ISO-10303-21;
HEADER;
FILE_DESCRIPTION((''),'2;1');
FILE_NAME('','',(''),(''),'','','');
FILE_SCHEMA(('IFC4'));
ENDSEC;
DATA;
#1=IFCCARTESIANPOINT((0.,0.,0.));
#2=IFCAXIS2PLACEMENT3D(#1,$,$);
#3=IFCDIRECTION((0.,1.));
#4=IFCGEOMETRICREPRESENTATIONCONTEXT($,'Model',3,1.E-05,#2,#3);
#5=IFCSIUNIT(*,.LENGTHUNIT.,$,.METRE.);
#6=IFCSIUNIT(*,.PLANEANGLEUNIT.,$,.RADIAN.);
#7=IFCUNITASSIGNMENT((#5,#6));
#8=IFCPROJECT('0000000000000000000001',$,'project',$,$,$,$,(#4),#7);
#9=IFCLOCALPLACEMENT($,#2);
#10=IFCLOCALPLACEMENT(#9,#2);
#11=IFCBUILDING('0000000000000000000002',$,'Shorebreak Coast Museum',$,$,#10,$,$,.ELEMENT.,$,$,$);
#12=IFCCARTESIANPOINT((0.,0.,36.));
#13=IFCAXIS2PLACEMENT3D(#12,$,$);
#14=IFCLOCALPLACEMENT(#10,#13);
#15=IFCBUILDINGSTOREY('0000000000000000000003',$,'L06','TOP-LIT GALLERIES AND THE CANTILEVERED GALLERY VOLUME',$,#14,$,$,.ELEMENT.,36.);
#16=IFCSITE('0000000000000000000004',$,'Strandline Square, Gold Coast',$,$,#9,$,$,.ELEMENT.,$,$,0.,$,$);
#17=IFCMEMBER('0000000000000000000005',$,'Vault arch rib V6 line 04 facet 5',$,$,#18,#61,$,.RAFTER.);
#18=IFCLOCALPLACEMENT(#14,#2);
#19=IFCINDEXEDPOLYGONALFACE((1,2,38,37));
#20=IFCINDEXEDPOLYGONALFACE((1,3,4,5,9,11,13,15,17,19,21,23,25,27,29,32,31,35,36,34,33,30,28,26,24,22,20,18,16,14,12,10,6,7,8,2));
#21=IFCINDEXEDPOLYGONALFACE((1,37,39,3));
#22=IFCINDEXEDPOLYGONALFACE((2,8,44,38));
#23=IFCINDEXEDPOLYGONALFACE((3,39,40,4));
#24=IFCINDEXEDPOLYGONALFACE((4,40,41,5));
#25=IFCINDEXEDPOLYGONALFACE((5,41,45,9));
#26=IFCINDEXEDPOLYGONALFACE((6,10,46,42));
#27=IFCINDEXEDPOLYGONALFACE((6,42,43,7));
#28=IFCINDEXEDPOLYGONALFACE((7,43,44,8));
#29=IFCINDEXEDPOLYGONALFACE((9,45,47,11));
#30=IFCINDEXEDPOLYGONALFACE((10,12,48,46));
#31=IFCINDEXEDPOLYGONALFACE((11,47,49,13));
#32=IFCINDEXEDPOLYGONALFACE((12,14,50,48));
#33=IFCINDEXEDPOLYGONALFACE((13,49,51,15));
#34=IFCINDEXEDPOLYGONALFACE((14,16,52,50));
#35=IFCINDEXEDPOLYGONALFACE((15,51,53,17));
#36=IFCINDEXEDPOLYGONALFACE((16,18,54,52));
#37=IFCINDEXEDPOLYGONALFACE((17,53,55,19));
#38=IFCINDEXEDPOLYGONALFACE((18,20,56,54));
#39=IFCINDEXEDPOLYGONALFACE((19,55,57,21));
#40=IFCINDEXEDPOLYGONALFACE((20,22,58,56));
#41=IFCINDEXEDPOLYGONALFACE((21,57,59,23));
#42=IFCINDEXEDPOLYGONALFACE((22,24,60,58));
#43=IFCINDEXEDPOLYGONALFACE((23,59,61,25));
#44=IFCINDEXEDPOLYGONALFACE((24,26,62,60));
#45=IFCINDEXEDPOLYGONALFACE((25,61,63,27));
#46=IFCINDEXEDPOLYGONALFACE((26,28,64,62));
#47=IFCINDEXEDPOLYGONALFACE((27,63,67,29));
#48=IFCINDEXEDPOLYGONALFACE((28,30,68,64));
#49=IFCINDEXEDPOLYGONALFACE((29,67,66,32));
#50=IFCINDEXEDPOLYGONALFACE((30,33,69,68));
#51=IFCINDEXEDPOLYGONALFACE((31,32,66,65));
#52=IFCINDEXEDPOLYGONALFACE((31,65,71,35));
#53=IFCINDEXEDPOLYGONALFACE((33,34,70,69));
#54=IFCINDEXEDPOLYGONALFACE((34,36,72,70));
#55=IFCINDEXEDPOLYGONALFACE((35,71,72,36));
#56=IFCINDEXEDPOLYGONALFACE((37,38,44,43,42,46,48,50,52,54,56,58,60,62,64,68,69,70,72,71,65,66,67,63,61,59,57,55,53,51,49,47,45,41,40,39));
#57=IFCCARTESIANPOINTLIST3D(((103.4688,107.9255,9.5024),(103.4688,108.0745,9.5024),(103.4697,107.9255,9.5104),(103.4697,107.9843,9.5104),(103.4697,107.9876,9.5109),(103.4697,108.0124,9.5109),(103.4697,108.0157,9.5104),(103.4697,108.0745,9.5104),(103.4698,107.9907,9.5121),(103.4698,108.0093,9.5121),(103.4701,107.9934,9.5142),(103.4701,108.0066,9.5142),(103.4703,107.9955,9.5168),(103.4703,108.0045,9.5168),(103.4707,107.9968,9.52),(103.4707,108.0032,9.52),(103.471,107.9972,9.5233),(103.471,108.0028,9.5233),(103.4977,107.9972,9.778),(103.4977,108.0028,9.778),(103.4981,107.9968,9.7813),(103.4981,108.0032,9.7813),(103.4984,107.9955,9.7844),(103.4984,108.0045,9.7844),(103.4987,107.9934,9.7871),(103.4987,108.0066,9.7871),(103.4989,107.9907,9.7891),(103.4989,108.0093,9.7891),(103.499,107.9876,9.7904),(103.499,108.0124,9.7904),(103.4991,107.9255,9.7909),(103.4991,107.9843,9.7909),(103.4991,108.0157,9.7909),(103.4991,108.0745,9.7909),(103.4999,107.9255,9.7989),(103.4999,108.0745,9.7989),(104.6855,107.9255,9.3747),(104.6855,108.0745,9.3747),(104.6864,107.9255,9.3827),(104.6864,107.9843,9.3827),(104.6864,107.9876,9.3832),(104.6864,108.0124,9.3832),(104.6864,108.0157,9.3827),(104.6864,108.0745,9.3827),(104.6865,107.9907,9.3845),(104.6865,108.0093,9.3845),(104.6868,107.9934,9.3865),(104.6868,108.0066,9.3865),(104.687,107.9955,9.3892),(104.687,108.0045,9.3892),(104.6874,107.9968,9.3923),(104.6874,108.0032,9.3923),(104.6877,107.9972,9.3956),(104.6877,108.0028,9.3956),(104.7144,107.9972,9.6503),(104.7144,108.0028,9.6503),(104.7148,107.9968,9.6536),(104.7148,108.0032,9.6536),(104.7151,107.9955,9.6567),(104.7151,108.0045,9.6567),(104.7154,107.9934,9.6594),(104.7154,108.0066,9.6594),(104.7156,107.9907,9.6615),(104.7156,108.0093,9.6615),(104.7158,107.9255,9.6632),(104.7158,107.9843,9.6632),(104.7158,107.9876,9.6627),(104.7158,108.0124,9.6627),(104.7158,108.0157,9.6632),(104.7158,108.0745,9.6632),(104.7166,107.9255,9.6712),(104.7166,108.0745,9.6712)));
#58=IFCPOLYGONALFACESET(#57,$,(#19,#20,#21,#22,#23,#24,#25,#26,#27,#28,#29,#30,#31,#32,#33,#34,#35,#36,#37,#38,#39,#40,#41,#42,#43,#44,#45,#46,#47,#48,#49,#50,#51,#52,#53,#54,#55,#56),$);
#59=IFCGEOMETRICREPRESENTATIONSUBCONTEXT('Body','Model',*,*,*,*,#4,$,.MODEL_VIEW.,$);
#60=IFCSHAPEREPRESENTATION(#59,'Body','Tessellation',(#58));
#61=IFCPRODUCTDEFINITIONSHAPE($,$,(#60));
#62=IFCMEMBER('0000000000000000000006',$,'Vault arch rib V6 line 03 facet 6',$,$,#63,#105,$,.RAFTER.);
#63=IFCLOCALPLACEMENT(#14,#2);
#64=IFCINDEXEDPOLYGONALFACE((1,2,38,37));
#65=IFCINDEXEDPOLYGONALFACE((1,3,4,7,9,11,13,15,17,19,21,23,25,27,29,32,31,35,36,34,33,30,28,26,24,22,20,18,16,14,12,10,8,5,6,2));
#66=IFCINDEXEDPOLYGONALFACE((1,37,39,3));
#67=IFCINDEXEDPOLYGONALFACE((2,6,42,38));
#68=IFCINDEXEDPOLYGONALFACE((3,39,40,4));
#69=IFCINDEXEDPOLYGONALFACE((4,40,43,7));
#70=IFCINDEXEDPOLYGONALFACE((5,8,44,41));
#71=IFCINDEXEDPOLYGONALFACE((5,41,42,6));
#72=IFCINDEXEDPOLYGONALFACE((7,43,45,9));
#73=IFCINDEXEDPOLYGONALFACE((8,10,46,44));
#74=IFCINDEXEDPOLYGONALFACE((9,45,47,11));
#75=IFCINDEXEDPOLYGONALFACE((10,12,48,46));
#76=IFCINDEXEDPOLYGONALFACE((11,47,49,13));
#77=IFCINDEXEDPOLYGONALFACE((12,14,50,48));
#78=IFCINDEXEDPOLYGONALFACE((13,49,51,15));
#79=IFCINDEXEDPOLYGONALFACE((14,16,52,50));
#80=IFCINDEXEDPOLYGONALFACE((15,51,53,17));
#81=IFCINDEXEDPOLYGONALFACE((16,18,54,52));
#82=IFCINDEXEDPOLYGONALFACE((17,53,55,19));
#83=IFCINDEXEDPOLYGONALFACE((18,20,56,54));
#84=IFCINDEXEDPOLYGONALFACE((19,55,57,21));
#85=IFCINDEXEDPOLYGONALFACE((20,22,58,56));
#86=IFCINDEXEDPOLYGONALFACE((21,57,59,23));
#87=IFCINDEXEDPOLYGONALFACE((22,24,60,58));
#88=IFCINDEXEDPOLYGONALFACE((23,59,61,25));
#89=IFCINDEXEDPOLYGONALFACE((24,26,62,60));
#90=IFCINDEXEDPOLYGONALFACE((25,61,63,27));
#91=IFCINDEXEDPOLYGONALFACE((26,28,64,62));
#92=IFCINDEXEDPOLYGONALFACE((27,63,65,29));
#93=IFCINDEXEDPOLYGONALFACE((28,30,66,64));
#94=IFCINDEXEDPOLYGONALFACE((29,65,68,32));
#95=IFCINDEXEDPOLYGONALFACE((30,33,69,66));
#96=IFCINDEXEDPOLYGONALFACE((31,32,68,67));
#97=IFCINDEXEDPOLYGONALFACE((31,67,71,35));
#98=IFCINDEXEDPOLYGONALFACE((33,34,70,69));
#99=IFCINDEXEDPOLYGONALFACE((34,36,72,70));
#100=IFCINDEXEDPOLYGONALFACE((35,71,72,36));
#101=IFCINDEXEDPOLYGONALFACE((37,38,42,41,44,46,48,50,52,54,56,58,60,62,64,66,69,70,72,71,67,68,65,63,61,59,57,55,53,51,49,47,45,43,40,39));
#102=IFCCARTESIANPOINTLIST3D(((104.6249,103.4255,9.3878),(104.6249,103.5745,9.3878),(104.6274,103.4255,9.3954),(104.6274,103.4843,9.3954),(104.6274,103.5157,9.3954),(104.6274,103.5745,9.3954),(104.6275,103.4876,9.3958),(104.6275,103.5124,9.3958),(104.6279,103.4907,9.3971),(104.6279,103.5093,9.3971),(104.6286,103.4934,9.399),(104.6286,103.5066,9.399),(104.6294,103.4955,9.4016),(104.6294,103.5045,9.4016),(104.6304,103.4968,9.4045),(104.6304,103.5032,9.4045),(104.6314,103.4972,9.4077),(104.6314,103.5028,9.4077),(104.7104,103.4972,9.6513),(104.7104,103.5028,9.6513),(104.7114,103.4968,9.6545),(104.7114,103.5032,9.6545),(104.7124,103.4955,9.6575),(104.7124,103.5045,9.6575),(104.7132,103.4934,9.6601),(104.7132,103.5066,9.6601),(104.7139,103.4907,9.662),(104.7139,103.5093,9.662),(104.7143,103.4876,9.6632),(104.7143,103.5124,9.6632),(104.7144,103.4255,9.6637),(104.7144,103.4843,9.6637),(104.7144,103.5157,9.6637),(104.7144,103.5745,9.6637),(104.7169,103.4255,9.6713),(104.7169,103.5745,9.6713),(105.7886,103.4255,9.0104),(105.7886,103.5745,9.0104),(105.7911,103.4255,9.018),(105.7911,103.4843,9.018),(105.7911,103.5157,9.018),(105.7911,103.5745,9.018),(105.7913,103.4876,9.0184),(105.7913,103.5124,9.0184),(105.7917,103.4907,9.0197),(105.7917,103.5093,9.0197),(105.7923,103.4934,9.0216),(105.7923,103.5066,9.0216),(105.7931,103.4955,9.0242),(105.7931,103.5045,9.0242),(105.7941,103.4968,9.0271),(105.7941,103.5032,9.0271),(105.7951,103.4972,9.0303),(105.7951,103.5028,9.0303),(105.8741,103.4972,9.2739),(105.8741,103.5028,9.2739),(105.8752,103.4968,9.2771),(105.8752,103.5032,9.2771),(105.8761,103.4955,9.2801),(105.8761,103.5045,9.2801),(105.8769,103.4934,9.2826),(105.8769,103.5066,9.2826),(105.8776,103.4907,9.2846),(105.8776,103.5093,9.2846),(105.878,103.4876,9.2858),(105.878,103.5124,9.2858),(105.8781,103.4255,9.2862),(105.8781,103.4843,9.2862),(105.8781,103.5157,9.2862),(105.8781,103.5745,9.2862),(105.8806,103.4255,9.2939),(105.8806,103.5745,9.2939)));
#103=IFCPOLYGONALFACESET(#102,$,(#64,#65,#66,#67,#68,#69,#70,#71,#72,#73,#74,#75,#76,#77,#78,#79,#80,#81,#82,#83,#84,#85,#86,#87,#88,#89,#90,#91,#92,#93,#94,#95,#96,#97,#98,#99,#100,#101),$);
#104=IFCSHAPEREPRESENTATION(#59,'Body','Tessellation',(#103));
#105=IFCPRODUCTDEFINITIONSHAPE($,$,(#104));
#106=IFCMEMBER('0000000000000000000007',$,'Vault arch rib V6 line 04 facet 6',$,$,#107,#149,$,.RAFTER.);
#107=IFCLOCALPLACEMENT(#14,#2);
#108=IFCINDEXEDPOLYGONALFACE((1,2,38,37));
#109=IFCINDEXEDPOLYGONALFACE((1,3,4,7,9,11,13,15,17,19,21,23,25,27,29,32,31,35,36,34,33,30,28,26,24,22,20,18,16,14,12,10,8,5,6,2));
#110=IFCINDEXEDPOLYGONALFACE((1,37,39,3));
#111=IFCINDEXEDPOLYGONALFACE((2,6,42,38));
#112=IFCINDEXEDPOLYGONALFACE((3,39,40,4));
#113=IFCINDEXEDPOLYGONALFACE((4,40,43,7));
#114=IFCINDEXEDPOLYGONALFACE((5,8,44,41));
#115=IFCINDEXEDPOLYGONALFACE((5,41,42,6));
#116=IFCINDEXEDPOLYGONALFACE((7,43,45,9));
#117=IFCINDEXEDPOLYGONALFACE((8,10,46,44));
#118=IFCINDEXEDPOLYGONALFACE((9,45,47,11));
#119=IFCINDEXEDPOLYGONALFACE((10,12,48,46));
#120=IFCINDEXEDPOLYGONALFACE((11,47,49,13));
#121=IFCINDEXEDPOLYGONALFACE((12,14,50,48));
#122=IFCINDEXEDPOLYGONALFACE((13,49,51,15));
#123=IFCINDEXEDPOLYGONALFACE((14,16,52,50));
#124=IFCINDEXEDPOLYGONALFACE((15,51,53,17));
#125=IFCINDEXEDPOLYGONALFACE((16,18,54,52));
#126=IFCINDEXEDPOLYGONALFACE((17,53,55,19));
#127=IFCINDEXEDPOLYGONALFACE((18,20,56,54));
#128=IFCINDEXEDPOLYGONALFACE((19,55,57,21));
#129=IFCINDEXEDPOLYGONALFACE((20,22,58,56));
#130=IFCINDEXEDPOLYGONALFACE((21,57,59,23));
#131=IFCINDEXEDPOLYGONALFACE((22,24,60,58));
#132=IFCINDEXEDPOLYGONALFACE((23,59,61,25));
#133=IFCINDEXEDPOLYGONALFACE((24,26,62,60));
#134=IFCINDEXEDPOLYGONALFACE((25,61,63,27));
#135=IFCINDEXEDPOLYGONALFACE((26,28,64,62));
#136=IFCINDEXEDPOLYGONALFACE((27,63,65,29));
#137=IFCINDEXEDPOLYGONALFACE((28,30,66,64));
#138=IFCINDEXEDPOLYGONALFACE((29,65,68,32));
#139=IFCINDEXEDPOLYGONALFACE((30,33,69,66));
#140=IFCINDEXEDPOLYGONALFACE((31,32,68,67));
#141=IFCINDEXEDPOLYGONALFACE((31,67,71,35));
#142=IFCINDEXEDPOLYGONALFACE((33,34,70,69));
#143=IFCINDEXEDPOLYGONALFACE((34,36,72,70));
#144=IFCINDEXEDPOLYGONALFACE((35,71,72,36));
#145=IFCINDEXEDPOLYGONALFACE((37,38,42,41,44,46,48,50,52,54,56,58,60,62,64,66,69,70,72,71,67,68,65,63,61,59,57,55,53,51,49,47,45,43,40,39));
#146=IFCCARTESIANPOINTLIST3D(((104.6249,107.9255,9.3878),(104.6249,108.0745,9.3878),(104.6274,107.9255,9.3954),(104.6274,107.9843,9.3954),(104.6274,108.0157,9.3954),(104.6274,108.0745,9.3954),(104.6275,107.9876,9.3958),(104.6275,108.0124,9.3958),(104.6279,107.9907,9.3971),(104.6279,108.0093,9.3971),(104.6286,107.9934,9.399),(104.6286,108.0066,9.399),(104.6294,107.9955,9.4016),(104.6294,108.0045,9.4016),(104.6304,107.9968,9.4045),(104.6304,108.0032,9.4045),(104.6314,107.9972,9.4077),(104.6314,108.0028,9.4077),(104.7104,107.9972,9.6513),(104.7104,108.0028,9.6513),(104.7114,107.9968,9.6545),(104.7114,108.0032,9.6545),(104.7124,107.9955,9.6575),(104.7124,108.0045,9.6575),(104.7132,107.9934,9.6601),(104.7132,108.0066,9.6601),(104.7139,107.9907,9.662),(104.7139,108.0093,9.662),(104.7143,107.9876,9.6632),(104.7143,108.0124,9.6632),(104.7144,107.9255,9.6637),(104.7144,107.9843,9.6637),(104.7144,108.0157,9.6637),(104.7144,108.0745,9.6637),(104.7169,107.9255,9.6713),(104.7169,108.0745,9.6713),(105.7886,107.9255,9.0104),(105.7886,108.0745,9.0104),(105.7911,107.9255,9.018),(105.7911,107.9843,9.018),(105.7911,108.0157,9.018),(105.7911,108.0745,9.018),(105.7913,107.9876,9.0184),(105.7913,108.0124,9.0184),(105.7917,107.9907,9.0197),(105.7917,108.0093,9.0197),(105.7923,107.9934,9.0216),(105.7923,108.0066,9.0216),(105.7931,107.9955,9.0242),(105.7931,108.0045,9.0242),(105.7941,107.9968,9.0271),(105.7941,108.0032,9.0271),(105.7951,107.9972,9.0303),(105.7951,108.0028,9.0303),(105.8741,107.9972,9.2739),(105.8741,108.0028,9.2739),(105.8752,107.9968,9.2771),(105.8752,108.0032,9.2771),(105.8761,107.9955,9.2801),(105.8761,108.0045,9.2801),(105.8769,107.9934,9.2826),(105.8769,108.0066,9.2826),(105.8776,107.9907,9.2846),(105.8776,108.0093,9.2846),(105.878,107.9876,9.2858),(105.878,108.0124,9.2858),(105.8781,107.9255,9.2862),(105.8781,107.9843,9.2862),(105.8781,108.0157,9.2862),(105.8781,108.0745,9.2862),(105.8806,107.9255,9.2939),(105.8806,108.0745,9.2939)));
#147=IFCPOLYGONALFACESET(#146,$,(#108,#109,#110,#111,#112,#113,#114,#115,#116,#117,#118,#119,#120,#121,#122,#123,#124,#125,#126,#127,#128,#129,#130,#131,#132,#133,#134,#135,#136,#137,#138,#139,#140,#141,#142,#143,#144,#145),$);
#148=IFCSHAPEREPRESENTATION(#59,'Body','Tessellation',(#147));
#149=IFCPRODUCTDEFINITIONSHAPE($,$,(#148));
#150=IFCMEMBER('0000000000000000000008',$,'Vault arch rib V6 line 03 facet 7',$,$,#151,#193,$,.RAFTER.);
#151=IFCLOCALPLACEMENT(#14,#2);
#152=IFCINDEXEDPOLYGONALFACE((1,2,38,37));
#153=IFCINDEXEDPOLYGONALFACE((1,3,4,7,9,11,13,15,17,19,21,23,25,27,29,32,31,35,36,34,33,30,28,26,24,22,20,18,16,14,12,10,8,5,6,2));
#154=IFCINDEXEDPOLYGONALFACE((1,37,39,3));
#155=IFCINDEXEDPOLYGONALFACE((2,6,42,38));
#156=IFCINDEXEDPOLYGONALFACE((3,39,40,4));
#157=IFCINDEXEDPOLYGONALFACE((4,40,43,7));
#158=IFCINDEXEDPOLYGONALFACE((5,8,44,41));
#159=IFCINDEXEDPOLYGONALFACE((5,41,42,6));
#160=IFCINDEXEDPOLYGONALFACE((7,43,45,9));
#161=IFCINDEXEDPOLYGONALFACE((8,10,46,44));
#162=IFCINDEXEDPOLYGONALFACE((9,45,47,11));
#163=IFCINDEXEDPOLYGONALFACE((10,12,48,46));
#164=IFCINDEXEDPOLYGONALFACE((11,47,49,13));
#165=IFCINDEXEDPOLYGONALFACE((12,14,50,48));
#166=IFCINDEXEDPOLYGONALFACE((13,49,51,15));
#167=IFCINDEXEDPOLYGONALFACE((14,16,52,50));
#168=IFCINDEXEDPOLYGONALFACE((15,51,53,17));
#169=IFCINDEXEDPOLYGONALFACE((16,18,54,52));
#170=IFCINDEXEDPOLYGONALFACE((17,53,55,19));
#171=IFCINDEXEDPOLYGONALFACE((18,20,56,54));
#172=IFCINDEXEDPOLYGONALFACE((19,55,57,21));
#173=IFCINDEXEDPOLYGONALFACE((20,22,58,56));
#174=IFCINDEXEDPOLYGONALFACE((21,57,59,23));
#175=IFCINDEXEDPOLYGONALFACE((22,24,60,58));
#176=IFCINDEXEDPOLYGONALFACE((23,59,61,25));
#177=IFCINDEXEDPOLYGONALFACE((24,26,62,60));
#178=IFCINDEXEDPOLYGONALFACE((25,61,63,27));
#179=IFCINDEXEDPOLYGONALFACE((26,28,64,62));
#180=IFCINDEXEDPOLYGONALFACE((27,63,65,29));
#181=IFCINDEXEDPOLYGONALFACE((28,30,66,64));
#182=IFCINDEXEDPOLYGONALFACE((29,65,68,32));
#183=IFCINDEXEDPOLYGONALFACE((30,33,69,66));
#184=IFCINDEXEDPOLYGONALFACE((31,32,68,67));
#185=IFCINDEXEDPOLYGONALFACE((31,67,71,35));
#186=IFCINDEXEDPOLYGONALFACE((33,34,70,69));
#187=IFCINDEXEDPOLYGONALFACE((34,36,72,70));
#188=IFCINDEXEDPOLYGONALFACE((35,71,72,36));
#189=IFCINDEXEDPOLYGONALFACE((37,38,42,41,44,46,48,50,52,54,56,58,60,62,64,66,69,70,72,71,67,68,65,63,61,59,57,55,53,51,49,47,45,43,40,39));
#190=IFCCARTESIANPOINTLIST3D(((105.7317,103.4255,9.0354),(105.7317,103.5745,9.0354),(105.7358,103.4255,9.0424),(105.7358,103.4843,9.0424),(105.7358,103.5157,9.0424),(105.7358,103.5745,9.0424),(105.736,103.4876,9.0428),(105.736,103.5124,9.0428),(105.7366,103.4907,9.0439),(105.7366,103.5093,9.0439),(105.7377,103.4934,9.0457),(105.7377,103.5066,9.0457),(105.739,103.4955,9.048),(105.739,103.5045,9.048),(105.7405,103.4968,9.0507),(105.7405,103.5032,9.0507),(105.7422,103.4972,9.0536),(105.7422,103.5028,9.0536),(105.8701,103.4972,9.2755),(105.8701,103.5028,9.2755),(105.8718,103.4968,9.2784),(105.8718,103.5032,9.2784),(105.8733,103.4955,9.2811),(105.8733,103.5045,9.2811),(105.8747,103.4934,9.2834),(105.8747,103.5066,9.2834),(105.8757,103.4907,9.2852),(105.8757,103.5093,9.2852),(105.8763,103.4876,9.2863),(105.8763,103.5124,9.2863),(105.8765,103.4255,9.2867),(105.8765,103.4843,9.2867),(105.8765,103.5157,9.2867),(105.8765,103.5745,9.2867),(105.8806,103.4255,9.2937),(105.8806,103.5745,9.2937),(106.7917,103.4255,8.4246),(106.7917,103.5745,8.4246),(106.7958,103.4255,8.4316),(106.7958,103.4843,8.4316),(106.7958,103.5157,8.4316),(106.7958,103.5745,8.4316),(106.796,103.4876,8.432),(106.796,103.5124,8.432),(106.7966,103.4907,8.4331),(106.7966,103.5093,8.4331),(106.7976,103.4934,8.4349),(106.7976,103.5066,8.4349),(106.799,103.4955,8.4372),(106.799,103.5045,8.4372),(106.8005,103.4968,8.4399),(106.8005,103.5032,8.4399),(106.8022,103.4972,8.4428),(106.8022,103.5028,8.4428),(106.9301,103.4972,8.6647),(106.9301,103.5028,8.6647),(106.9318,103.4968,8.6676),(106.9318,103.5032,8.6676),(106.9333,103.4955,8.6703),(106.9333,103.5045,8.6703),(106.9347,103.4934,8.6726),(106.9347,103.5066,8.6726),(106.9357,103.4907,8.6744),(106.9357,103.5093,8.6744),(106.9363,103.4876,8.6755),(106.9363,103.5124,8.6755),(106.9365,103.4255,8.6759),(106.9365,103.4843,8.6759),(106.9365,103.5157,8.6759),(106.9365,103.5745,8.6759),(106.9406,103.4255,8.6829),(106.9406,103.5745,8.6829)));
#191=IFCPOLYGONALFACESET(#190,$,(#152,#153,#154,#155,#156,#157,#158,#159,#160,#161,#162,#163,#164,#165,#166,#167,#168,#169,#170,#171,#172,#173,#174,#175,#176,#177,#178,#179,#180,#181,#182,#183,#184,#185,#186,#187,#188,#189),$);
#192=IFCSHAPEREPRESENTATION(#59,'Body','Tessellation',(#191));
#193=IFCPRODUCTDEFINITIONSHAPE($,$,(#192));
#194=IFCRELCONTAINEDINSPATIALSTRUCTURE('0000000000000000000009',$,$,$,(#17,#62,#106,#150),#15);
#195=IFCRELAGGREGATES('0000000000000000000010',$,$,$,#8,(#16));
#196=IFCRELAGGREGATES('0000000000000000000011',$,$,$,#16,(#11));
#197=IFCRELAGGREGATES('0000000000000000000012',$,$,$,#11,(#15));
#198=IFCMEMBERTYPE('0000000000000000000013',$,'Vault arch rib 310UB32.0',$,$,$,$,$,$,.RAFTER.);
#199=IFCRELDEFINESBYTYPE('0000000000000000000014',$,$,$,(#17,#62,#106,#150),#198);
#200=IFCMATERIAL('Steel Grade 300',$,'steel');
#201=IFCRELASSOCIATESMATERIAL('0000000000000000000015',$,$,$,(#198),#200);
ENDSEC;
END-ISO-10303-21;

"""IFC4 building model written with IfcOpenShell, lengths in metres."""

from ifc_helpers import new_model, si_unit, direction, frame, origin, origin_2d, place, context, subcontext, project, spatial, i_section, extrude, material, material_profile, profile_set, type_object, element, save


model = new_model("IFC4")

# Units and contexts
model_context = context("Model", 3, precision=1e-05, world=origin(), true_north=direction((0.0, 1.0)))
body_context = subcontext(model_context, "Body", "Model", "MODEL_VIEW")
ifc_project = project(units=[si_unit("LENGTHUNIT", "METRE"), si_unit("PLANEANGLEUNIT", "RADIAN")], contexts=[model_context])

# Site, building, storey
site_placement = place(None, origin())
site = spatial("IfcSite", under=ifc_project, at=site_placement, Name="Strandline Square, Gold Coast", CompositionType="ELEMENT", RefElevation=0.0)
building_placement = place(site_placement, origin())
building = spatial("IfcBuilding", under=site, at=building_placement, Name="Shorebreak Coast Museum", CompositionType="ELEMENT")
storey_placement = place(building_placement, frame((0.0, 0.0, 36.0)))
storey = spatial("IfcBuildingStorey", under=building, at=storey_placement, Name="L06", Description="TOP-LIT GALLERIES AND THE CANTILEVERED GALLERY VOLUME", CompositionType="ELEMENT", Elevation=36.0)

# Members
ifc_material_1 = material(Name="Steel Grade 300", Category="steel")
ifc_material_profile_1 = material_profile(ifc_material_1, i_section(OverallWidth=0.1489, OverallDepth=0.2981, WebThickness=0.0056, FlangeThickness=0.0081, FilletRadius=0.0129, at=origin_2d()), Name="310UB32.0")
ifc_profile_set_1 = profile_set([ifc_material_profile_1], Name="Steel Grade 300")
member_type_1 = type_object("IfcMemberType", Name="Vault arch rib 310UB32.0", PredefinedType="RAFTER", material=ifc_profile_set_1)
for number, where, z_axis, x_axis, name in (
    (1, (103.4844, 108.0, 9.6506), (0.994539, 0.0, -0.104363), (0.0, 1.0, 0.0), "Vault arch rib V6 line 04 facet 5"),
    (2, (104.6709, 103.5, 9.5295), (0.951226, 0.0, -0.308495), (0.0, 1.0, 0.0), "Vault arch rib V6 line 03 facet 6"),
    (3, (104.6709, 108.0, 9.5295), (0.951226, 0.0, -0.308495), (0.0, 1.0, 0.0), "Vault arch rib V6 line 04 facet 6"),
    (4, (105.8062, 103.5, 9.1646), (0.866445, 0.0, -0.499273), (0.0, 1.0, 0.0), "Vault arch rib V6 line 03 facet 7"),
):
    element("IfcMember", number, at=place(storey_placement, frame(where, z_axis=z_axis, x_axis=x_axis)), inside=storey, type_object=member_type_1, Name=name, PredefinedType="RAFTER", context=body_context, shape_type="SweptSolid", body=[
        extrude(i_section(OverallWidth=0.1489, OverallDepth=0.2981, WebThickness=0.0056, FlangeThickness=0.0081, FilletRadius=0.0129, at=origin_2d()), origin(), (0.0, 0.0, 1.0), 1.2234),
    ])

save(model, "model.ifc")
